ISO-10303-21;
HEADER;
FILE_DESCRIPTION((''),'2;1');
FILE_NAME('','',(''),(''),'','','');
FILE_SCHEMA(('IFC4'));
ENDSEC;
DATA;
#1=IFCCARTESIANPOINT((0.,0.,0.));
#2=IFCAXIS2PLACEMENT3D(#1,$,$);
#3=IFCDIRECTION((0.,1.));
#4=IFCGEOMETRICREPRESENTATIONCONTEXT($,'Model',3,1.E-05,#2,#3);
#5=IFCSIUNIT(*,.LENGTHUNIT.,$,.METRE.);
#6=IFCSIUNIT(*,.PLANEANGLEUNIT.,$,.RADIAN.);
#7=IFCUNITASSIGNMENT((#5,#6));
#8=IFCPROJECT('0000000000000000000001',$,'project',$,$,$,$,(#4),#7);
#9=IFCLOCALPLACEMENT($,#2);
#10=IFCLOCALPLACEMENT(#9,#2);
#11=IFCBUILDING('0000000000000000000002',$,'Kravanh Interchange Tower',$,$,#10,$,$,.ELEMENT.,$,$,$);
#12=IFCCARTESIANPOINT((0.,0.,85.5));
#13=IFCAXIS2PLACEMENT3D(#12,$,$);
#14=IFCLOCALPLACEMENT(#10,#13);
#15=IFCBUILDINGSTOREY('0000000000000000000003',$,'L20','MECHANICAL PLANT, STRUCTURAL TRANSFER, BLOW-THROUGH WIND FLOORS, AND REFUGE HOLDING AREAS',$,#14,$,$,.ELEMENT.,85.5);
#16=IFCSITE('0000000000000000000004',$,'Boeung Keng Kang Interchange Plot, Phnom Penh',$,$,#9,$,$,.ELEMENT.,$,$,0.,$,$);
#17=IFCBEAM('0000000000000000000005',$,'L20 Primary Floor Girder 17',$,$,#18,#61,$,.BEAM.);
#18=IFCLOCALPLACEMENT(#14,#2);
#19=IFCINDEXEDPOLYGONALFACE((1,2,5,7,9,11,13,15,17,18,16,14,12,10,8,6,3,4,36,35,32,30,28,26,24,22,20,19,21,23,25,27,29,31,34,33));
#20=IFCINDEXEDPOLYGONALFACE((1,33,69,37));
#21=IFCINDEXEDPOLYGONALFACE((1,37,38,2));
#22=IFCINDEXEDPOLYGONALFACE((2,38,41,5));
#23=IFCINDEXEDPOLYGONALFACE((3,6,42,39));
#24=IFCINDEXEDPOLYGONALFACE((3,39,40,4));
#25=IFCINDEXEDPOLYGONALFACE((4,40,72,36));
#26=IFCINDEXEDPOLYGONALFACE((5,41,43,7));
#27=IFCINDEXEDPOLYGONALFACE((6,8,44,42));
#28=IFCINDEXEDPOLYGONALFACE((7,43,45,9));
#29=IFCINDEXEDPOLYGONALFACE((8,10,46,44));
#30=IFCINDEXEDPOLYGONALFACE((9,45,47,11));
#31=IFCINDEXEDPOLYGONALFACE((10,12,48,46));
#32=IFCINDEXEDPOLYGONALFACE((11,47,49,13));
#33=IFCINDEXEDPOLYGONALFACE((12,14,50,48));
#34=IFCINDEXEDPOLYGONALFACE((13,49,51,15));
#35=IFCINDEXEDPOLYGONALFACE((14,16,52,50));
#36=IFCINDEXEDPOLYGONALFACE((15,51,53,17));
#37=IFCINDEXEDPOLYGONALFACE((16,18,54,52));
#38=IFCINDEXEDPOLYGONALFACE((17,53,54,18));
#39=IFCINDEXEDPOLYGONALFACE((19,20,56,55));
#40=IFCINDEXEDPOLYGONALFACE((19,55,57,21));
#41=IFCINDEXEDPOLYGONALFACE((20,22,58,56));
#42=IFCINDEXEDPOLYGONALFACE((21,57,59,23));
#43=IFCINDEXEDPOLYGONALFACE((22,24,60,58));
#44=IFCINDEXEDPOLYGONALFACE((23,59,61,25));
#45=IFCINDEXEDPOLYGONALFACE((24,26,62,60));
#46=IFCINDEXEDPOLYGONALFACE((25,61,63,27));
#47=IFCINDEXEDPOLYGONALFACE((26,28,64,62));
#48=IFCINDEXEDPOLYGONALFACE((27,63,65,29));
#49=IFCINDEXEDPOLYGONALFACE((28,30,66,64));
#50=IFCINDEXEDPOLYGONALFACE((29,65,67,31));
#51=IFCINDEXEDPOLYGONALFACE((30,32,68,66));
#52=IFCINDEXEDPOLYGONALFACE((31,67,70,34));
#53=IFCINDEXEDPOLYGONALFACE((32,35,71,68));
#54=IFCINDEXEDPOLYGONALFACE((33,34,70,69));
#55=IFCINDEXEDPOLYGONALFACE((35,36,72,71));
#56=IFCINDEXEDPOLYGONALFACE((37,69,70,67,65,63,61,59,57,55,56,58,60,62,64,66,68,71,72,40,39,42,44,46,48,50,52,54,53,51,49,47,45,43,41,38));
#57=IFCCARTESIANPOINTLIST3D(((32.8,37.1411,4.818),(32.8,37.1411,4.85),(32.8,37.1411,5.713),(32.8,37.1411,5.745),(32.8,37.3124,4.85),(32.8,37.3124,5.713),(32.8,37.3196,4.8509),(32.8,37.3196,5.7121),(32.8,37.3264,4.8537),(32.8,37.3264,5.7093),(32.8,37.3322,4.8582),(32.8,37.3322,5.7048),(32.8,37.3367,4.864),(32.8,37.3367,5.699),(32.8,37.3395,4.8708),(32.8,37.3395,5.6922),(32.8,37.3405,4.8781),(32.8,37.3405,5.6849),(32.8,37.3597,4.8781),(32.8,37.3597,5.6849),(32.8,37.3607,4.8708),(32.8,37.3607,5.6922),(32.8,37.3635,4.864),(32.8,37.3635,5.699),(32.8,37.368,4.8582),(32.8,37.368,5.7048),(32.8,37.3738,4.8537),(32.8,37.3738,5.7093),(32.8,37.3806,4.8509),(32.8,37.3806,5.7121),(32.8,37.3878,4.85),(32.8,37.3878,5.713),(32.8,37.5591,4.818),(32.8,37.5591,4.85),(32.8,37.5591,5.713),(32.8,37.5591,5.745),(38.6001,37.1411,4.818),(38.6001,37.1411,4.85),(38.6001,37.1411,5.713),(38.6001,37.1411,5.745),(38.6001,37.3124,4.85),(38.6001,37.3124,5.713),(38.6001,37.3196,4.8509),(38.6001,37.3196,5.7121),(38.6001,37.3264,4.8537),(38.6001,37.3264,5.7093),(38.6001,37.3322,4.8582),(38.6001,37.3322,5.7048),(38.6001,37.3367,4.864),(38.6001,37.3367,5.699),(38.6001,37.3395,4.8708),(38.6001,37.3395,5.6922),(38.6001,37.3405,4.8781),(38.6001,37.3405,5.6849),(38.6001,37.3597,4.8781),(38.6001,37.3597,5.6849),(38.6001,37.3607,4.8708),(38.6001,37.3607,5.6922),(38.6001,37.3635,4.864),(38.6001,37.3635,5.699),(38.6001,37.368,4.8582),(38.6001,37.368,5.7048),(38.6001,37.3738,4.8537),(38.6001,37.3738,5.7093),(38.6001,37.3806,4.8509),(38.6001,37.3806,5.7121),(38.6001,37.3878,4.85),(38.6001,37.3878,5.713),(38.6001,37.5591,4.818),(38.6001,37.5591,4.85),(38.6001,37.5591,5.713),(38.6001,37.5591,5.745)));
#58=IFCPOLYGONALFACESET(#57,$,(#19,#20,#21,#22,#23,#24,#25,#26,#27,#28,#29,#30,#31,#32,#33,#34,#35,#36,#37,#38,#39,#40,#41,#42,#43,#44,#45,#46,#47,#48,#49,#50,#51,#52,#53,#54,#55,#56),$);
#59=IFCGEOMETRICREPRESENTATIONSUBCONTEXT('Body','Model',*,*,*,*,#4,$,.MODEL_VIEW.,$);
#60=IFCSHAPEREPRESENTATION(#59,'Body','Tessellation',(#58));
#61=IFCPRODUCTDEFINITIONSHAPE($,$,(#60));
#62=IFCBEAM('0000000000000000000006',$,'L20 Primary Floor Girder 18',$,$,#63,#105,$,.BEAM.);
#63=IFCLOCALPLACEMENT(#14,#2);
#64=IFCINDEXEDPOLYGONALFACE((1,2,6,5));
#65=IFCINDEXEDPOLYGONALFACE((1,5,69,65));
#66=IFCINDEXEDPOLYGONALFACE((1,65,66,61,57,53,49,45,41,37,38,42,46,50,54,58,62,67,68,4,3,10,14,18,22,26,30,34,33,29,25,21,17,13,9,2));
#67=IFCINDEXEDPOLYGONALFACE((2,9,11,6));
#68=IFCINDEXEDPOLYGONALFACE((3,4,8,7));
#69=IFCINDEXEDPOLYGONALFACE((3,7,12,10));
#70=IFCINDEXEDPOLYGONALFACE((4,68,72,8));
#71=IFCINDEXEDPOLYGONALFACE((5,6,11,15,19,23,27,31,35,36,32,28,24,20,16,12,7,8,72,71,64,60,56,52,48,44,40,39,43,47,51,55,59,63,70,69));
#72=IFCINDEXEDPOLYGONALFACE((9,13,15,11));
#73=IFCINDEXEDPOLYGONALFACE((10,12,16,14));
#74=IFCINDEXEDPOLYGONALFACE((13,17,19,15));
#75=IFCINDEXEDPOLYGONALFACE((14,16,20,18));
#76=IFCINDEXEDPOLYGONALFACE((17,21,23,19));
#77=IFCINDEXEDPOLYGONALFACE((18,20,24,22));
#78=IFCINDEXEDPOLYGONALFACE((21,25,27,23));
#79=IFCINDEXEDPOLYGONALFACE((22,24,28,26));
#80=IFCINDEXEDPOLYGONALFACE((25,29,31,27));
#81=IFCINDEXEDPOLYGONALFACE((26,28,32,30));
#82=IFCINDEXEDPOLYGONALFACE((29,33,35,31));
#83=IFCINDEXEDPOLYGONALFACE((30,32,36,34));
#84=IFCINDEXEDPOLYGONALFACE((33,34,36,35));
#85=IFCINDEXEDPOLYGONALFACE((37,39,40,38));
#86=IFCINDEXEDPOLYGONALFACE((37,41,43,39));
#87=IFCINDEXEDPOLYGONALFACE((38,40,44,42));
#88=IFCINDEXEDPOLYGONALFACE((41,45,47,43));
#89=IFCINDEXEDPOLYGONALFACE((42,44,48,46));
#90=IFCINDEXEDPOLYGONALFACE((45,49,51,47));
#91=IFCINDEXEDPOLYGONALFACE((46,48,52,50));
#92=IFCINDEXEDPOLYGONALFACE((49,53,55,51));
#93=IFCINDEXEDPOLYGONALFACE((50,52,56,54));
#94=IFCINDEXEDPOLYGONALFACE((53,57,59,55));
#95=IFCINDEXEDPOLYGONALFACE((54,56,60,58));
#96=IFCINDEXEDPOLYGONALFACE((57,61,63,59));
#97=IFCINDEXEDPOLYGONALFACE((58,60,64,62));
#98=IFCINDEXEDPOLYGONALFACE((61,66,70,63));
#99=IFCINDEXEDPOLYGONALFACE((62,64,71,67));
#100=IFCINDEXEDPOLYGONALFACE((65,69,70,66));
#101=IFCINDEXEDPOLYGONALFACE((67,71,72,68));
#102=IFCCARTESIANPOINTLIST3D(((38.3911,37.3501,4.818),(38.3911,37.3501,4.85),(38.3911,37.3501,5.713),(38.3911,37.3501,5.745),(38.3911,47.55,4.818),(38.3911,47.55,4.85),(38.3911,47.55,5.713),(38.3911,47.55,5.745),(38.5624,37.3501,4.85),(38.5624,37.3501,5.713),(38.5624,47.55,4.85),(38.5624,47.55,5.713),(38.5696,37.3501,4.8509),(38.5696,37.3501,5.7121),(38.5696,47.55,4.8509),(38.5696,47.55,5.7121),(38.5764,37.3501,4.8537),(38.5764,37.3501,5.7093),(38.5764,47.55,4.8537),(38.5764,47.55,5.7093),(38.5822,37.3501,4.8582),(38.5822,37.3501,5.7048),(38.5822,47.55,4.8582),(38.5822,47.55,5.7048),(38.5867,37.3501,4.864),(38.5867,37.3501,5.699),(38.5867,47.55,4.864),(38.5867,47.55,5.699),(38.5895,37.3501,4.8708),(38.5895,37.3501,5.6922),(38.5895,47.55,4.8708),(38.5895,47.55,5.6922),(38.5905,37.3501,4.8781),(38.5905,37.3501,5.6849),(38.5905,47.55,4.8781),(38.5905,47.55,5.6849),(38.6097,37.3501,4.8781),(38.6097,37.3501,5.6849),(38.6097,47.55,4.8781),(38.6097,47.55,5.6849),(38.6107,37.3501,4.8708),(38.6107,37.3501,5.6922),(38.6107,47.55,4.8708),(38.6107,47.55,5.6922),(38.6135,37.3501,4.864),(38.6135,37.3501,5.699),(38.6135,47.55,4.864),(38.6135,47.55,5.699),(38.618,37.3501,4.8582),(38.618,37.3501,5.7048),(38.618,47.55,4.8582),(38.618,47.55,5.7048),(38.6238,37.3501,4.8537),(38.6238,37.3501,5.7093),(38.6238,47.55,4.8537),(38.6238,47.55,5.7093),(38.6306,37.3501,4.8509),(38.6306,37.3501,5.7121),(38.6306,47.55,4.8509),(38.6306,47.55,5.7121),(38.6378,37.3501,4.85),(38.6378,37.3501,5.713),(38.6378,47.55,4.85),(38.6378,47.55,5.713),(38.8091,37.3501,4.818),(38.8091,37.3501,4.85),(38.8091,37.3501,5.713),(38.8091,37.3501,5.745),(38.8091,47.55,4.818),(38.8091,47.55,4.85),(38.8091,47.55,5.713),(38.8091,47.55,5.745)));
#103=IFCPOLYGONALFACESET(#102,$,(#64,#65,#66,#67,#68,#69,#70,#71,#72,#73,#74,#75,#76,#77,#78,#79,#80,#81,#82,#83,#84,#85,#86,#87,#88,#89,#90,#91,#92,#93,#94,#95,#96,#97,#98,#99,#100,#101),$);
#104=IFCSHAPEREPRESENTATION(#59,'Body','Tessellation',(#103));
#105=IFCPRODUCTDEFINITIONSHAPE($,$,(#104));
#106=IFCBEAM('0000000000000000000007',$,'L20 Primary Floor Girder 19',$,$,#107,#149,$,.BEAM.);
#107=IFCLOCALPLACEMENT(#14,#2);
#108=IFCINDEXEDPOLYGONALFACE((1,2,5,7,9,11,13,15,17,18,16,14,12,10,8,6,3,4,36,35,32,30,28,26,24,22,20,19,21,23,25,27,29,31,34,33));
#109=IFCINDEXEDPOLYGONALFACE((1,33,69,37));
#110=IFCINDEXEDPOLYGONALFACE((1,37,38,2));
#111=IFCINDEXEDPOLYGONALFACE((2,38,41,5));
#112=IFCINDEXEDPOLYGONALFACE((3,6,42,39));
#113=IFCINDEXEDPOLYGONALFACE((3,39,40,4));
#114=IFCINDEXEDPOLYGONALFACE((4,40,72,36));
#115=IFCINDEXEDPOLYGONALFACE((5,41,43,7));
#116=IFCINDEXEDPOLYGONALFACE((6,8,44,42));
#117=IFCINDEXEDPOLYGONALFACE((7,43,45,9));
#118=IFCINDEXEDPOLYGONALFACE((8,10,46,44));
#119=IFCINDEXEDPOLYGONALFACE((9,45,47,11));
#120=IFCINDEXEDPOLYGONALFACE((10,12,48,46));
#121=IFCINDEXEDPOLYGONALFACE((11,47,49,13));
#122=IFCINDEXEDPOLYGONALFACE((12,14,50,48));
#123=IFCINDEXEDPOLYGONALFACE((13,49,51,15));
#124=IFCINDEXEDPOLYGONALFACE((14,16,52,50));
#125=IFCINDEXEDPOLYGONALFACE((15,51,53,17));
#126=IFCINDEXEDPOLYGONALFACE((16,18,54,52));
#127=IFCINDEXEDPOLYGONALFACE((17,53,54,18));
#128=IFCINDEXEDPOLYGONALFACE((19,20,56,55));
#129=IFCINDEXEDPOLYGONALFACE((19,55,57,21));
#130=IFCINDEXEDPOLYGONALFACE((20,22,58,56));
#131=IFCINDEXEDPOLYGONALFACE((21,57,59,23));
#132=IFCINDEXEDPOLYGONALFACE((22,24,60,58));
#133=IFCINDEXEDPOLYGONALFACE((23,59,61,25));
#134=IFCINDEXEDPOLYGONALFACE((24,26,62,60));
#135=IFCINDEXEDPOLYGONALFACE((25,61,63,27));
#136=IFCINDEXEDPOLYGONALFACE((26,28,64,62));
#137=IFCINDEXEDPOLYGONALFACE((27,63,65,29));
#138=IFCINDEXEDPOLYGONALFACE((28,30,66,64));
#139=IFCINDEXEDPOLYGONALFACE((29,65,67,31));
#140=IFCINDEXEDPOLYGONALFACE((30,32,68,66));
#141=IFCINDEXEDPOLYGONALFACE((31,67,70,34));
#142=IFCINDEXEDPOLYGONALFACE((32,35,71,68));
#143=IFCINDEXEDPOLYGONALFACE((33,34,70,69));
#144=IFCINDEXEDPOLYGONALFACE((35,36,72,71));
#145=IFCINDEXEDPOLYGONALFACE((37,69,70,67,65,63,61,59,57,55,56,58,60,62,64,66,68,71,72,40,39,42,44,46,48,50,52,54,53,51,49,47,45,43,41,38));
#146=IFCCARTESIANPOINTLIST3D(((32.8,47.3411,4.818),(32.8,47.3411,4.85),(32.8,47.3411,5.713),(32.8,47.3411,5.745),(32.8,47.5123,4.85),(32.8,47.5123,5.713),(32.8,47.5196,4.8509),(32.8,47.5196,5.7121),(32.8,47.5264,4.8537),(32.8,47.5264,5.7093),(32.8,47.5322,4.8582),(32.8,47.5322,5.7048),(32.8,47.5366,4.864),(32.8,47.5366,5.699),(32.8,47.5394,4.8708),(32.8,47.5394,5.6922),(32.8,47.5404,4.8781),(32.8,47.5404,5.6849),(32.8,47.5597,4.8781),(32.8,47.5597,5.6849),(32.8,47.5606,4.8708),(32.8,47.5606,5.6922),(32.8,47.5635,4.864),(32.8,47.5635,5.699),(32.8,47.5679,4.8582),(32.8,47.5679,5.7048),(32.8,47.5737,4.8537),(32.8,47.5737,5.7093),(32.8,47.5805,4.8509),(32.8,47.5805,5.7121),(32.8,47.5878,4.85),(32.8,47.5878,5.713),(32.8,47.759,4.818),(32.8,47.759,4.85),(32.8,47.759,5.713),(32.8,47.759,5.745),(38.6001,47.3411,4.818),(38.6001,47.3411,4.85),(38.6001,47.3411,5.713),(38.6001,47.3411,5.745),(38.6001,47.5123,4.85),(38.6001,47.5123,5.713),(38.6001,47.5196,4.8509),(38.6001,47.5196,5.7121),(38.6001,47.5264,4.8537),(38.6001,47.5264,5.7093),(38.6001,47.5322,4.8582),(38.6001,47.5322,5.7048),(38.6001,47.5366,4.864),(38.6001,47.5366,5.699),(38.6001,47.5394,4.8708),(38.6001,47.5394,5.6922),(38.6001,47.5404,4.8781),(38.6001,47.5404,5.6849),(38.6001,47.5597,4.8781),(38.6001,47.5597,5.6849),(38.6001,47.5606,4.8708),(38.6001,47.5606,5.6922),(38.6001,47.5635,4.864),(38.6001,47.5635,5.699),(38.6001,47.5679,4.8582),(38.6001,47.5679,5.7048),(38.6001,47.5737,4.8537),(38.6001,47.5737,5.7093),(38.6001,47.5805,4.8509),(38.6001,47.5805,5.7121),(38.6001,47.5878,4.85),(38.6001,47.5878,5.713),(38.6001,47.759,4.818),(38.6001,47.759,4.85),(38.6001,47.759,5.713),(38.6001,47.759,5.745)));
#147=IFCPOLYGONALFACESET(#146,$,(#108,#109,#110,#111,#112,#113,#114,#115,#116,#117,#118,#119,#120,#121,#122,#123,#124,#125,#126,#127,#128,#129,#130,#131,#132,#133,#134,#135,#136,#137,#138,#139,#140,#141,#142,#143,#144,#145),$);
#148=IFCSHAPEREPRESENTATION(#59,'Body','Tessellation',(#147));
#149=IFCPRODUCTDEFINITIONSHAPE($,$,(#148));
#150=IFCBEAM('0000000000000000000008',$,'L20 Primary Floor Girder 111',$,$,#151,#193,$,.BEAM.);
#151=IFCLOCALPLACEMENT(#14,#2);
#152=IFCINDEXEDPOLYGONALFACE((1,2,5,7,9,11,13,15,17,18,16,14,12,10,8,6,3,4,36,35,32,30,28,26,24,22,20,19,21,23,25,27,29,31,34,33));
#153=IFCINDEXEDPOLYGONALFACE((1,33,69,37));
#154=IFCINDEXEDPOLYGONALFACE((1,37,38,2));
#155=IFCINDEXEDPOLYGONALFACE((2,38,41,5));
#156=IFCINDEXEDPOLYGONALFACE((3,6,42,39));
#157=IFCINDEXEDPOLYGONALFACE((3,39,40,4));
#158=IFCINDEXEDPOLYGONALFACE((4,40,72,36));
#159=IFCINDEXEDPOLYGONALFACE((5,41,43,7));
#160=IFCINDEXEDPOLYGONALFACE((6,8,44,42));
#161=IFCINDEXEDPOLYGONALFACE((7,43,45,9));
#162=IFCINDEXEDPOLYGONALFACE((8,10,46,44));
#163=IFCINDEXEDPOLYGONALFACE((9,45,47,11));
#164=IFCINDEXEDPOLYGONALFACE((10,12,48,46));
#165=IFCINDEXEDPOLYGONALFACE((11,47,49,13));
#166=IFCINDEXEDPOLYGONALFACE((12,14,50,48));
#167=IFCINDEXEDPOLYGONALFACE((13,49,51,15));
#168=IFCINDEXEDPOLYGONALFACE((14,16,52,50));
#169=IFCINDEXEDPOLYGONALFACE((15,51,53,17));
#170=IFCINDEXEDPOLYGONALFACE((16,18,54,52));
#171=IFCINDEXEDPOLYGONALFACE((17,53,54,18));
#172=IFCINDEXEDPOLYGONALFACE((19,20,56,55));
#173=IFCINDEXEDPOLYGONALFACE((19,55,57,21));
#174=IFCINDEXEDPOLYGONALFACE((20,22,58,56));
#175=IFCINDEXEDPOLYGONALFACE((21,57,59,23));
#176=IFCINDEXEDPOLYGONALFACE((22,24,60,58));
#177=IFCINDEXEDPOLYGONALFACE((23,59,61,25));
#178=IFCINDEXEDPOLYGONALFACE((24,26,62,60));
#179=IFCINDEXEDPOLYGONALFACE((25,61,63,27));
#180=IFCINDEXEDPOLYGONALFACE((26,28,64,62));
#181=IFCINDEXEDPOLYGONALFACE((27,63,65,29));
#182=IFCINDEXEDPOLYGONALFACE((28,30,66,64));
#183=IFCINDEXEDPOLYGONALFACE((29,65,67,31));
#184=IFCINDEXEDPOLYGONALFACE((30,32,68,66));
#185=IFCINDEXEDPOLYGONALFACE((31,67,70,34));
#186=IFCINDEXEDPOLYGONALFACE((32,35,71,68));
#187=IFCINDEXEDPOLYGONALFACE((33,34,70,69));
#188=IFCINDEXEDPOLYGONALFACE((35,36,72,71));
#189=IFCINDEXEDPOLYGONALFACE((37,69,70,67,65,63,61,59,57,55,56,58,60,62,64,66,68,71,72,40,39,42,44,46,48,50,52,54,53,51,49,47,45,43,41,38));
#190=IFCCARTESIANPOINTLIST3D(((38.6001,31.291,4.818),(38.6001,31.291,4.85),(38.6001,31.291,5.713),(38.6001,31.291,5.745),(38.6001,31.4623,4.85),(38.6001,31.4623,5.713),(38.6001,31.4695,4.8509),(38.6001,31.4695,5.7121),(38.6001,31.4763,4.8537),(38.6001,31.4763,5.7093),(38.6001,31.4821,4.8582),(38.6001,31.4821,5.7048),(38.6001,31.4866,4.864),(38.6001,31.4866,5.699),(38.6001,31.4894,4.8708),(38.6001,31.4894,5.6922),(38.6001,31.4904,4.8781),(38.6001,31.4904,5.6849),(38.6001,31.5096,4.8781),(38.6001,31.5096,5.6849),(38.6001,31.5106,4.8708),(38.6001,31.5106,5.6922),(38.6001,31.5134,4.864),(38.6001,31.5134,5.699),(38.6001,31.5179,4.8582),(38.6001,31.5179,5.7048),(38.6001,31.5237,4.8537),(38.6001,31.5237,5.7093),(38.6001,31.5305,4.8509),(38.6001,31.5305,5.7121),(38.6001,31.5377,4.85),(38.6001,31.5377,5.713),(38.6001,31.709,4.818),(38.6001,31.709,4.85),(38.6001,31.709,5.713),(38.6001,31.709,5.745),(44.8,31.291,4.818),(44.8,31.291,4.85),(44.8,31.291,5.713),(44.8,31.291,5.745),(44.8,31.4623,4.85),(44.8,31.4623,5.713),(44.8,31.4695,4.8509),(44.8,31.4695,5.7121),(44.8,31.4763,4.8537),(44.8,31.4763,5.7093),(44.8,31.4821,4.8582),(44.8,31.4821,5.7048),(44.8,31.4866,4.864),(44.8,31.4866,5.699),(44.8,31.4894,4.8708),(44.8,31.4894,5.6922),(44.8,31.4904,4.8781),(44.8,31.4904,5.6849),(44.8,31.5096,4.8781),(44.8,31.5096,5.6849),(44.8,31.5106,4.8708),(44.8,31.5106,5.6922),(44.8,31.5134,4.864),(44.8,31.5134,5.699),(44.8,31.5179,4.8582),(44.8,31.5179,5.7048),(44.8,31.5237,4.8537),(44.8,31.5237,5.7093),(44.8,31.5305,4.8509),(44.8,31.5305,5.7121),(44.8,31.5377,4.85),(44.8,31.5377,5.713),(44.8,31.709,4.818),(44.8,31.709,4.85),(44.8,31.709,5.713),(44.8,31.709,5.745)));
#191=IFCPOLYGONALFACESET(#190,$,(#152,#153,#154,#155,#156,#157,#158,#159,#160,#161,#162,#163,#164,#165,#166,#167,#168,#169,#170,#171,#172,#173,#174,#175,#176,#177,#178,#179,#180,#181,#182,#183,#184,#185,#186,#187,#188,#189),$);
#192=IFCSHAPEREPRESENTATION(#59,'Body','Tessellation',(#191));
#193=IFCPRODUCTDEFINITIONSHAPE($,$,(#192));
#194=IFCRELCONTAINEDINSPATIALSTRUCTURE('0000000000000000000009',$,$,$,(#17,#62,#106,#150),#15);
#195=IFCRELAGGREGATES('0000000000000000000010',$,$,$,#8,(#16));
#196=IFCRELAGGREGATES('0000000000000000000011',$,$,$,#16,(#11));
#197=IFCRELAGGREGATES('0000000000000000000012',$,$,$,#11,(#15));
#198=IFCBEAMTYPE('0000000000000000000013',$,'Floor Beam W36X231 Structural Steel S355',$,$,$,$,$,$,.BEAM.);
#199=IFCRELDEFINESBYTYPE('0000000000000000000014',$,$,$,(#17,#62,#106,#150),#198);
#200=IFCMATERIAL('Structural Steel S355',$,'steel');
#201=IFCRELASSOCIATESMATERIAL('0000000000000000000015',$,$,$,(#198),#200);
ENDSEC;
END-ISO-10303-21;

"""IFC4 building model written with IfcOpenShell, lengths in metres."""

from ifc_helpers import new_model, si_unit, direction, frame, origin, origin_2d, place, context, subcontext, project, spatial, i_section, extrude, material, material_profile, profile_set, type_object, element, save


model = new_model("IFC4")

# Units and contexts
model_context = context("Model", 3, precision=1e-05, world=origin(), true_north=direction((0.0, 1.0)))
body_context = subcontext(model_context, "Body", "Model", "MODEL_VIEW")
ifc_project = project(units=[si_unit("LENGTHUNIT", "METRE"), si_unit("PLANEANGLEUNIT", "RADIAN")], contexts=[model_context])

# Site, building, storey
site_placement = place(None, origin())
site = spatial("IfcSite", under=ifc_project, at=site_placement, Name="Boeung Keng Kang Interchange Plot, Phnom Penh", CompositionType="ELEMENT", RefElevation=0.0)
building_placement = place(site_placement, origin())
building = spatial("IfcBuilding", under=site, at=building_placement, Name="Kravanh Interchange Tower", CompositionType="ELEMENT")
storey_placement = place(building_placement, frame((0.0, 0.0, 85.5)))
storey = spatial("IfcBuildingStorey", under=building, at=storey_placement, Name="L20", Description="MECHANICAL PLANT, STRUCTURAL TRANSFER, BLOW-THROUGH WIND FLOORS, AND REFUGE HOLDING AREAS", CompositionType="ELEMENT", Elevation=85.5)

# Beams
ifc_material_1 = material(Name="Structural Steel S355", Category="steel")
ifc_material_profile_1 = material_profile(ifc_material_1, i_section(OverallWidth=0.418, OverallDepth=0.927, WebThickness=0.0193, FlangeThickness=0.032, FilletRadius=0.0281, at=origin_2d()), Name="W36X231")
ifc_profile_set_1 = profile_set([ifc_material_profile_1], Name="Structural Steel S355")
beam_type_1 = type_object("IfcBeamType", Name="Floor Beam W36X231 Structural Steel S355", PredefinedType="BEAM", material=ifc_profile_set_1)
beam_1_placement = place(storey_placement, frame((38.6001, 37.3501, 5.2815), z_axis=(-1.0, 0.0, 0.0), x_axis=(0.0, -1.0, 0.0)))
element("IfcBeam", 1, at=beam_1_placement, inside=storey, type_object=beam_type_1, Name="L20 Primary Floor Girder 17", PredefinedType="BEAM", context=body_context, shape_type="SweptSolid", body=[
    extrude(i_section(OverallWidth=0.418, OverallDepth=0.927, WebThickness=0.0193, FlangeThickness=0.032, FilletRadius=0.0281, at=origin_2d()), origin(), (0.0, 0.0, 1.0), 5.8),
])
beam_2_placement = place(storey_placement, frame((38.6001, 37.3501, 5.2815), z_axis=(0.0, 1.0, 0.0), x_axis=(-1.0, 0.0, 0.0)))
element("IfcBeam", 2, at=beam_2_placement, inside=storey, type_object=beam_type_1, Name="L20 Primary Floor Girder 18", PredefinedType="BEAM", context=body_context, shape_type="SweptSolid", body=[
    extrude(i_section(OverallWidth=0.418, OverallDepth=0.927, WebThickness=0.0193, FlangeThickness=0.032, FilletRadius=0.0281, at=origin_2d()), origin(), (0.0, 0.0, 1.0), 10.2),
])
beam_3_placement = place(storey_placement, frame((38.6001, 47.55, 5.2815), z_axis=(-1.0, 0.0, 0.0), x_axis=(0.0, -1.0, 0.0)))
element("IfcBeam", 3, at=beam_3_placement, inside=storey, type_object=beam_type_1, Name="L20 Primary Floor Girder 19", PredefinedType="BEAM", context=body_context, shape_type="SweptSolid", body=[
    extrude(i_section(OverallWidth=0.418, OverallDepth=0.927, WebThickness=0.0193, FlangeThickness=0.032, FilletRadius=0.0281, at=origin_2d()), origin(), (0.0, 0.0, 1.0), 5.8),
])
beam_4_placement = place(storey_placement, frame((38.6001, 31.5, 5.2815), z_axis=(1.0, 0.0, 0.0), x_axis=(0.0, 1.0, 0.0)))
element("IfcBeam", 4, at=beam_4_placement, inside=storey, type_object=beam_type_1, Name="L20 Primary Floor Girder 111", PredefinedType="BEAM", context=body_context, shape_type="SweptSolid", body=[
    extrude(i_section(OverallWidth=0.418, OverallDepth=0.927, WebThickness=0.0193, FlangeThickness=0.032, FilletRadius=0.0281, at=origin_2d()), origin(), (0.0, 0.0, 1.0), 6.2),
])

save(model, "model.ifc")
